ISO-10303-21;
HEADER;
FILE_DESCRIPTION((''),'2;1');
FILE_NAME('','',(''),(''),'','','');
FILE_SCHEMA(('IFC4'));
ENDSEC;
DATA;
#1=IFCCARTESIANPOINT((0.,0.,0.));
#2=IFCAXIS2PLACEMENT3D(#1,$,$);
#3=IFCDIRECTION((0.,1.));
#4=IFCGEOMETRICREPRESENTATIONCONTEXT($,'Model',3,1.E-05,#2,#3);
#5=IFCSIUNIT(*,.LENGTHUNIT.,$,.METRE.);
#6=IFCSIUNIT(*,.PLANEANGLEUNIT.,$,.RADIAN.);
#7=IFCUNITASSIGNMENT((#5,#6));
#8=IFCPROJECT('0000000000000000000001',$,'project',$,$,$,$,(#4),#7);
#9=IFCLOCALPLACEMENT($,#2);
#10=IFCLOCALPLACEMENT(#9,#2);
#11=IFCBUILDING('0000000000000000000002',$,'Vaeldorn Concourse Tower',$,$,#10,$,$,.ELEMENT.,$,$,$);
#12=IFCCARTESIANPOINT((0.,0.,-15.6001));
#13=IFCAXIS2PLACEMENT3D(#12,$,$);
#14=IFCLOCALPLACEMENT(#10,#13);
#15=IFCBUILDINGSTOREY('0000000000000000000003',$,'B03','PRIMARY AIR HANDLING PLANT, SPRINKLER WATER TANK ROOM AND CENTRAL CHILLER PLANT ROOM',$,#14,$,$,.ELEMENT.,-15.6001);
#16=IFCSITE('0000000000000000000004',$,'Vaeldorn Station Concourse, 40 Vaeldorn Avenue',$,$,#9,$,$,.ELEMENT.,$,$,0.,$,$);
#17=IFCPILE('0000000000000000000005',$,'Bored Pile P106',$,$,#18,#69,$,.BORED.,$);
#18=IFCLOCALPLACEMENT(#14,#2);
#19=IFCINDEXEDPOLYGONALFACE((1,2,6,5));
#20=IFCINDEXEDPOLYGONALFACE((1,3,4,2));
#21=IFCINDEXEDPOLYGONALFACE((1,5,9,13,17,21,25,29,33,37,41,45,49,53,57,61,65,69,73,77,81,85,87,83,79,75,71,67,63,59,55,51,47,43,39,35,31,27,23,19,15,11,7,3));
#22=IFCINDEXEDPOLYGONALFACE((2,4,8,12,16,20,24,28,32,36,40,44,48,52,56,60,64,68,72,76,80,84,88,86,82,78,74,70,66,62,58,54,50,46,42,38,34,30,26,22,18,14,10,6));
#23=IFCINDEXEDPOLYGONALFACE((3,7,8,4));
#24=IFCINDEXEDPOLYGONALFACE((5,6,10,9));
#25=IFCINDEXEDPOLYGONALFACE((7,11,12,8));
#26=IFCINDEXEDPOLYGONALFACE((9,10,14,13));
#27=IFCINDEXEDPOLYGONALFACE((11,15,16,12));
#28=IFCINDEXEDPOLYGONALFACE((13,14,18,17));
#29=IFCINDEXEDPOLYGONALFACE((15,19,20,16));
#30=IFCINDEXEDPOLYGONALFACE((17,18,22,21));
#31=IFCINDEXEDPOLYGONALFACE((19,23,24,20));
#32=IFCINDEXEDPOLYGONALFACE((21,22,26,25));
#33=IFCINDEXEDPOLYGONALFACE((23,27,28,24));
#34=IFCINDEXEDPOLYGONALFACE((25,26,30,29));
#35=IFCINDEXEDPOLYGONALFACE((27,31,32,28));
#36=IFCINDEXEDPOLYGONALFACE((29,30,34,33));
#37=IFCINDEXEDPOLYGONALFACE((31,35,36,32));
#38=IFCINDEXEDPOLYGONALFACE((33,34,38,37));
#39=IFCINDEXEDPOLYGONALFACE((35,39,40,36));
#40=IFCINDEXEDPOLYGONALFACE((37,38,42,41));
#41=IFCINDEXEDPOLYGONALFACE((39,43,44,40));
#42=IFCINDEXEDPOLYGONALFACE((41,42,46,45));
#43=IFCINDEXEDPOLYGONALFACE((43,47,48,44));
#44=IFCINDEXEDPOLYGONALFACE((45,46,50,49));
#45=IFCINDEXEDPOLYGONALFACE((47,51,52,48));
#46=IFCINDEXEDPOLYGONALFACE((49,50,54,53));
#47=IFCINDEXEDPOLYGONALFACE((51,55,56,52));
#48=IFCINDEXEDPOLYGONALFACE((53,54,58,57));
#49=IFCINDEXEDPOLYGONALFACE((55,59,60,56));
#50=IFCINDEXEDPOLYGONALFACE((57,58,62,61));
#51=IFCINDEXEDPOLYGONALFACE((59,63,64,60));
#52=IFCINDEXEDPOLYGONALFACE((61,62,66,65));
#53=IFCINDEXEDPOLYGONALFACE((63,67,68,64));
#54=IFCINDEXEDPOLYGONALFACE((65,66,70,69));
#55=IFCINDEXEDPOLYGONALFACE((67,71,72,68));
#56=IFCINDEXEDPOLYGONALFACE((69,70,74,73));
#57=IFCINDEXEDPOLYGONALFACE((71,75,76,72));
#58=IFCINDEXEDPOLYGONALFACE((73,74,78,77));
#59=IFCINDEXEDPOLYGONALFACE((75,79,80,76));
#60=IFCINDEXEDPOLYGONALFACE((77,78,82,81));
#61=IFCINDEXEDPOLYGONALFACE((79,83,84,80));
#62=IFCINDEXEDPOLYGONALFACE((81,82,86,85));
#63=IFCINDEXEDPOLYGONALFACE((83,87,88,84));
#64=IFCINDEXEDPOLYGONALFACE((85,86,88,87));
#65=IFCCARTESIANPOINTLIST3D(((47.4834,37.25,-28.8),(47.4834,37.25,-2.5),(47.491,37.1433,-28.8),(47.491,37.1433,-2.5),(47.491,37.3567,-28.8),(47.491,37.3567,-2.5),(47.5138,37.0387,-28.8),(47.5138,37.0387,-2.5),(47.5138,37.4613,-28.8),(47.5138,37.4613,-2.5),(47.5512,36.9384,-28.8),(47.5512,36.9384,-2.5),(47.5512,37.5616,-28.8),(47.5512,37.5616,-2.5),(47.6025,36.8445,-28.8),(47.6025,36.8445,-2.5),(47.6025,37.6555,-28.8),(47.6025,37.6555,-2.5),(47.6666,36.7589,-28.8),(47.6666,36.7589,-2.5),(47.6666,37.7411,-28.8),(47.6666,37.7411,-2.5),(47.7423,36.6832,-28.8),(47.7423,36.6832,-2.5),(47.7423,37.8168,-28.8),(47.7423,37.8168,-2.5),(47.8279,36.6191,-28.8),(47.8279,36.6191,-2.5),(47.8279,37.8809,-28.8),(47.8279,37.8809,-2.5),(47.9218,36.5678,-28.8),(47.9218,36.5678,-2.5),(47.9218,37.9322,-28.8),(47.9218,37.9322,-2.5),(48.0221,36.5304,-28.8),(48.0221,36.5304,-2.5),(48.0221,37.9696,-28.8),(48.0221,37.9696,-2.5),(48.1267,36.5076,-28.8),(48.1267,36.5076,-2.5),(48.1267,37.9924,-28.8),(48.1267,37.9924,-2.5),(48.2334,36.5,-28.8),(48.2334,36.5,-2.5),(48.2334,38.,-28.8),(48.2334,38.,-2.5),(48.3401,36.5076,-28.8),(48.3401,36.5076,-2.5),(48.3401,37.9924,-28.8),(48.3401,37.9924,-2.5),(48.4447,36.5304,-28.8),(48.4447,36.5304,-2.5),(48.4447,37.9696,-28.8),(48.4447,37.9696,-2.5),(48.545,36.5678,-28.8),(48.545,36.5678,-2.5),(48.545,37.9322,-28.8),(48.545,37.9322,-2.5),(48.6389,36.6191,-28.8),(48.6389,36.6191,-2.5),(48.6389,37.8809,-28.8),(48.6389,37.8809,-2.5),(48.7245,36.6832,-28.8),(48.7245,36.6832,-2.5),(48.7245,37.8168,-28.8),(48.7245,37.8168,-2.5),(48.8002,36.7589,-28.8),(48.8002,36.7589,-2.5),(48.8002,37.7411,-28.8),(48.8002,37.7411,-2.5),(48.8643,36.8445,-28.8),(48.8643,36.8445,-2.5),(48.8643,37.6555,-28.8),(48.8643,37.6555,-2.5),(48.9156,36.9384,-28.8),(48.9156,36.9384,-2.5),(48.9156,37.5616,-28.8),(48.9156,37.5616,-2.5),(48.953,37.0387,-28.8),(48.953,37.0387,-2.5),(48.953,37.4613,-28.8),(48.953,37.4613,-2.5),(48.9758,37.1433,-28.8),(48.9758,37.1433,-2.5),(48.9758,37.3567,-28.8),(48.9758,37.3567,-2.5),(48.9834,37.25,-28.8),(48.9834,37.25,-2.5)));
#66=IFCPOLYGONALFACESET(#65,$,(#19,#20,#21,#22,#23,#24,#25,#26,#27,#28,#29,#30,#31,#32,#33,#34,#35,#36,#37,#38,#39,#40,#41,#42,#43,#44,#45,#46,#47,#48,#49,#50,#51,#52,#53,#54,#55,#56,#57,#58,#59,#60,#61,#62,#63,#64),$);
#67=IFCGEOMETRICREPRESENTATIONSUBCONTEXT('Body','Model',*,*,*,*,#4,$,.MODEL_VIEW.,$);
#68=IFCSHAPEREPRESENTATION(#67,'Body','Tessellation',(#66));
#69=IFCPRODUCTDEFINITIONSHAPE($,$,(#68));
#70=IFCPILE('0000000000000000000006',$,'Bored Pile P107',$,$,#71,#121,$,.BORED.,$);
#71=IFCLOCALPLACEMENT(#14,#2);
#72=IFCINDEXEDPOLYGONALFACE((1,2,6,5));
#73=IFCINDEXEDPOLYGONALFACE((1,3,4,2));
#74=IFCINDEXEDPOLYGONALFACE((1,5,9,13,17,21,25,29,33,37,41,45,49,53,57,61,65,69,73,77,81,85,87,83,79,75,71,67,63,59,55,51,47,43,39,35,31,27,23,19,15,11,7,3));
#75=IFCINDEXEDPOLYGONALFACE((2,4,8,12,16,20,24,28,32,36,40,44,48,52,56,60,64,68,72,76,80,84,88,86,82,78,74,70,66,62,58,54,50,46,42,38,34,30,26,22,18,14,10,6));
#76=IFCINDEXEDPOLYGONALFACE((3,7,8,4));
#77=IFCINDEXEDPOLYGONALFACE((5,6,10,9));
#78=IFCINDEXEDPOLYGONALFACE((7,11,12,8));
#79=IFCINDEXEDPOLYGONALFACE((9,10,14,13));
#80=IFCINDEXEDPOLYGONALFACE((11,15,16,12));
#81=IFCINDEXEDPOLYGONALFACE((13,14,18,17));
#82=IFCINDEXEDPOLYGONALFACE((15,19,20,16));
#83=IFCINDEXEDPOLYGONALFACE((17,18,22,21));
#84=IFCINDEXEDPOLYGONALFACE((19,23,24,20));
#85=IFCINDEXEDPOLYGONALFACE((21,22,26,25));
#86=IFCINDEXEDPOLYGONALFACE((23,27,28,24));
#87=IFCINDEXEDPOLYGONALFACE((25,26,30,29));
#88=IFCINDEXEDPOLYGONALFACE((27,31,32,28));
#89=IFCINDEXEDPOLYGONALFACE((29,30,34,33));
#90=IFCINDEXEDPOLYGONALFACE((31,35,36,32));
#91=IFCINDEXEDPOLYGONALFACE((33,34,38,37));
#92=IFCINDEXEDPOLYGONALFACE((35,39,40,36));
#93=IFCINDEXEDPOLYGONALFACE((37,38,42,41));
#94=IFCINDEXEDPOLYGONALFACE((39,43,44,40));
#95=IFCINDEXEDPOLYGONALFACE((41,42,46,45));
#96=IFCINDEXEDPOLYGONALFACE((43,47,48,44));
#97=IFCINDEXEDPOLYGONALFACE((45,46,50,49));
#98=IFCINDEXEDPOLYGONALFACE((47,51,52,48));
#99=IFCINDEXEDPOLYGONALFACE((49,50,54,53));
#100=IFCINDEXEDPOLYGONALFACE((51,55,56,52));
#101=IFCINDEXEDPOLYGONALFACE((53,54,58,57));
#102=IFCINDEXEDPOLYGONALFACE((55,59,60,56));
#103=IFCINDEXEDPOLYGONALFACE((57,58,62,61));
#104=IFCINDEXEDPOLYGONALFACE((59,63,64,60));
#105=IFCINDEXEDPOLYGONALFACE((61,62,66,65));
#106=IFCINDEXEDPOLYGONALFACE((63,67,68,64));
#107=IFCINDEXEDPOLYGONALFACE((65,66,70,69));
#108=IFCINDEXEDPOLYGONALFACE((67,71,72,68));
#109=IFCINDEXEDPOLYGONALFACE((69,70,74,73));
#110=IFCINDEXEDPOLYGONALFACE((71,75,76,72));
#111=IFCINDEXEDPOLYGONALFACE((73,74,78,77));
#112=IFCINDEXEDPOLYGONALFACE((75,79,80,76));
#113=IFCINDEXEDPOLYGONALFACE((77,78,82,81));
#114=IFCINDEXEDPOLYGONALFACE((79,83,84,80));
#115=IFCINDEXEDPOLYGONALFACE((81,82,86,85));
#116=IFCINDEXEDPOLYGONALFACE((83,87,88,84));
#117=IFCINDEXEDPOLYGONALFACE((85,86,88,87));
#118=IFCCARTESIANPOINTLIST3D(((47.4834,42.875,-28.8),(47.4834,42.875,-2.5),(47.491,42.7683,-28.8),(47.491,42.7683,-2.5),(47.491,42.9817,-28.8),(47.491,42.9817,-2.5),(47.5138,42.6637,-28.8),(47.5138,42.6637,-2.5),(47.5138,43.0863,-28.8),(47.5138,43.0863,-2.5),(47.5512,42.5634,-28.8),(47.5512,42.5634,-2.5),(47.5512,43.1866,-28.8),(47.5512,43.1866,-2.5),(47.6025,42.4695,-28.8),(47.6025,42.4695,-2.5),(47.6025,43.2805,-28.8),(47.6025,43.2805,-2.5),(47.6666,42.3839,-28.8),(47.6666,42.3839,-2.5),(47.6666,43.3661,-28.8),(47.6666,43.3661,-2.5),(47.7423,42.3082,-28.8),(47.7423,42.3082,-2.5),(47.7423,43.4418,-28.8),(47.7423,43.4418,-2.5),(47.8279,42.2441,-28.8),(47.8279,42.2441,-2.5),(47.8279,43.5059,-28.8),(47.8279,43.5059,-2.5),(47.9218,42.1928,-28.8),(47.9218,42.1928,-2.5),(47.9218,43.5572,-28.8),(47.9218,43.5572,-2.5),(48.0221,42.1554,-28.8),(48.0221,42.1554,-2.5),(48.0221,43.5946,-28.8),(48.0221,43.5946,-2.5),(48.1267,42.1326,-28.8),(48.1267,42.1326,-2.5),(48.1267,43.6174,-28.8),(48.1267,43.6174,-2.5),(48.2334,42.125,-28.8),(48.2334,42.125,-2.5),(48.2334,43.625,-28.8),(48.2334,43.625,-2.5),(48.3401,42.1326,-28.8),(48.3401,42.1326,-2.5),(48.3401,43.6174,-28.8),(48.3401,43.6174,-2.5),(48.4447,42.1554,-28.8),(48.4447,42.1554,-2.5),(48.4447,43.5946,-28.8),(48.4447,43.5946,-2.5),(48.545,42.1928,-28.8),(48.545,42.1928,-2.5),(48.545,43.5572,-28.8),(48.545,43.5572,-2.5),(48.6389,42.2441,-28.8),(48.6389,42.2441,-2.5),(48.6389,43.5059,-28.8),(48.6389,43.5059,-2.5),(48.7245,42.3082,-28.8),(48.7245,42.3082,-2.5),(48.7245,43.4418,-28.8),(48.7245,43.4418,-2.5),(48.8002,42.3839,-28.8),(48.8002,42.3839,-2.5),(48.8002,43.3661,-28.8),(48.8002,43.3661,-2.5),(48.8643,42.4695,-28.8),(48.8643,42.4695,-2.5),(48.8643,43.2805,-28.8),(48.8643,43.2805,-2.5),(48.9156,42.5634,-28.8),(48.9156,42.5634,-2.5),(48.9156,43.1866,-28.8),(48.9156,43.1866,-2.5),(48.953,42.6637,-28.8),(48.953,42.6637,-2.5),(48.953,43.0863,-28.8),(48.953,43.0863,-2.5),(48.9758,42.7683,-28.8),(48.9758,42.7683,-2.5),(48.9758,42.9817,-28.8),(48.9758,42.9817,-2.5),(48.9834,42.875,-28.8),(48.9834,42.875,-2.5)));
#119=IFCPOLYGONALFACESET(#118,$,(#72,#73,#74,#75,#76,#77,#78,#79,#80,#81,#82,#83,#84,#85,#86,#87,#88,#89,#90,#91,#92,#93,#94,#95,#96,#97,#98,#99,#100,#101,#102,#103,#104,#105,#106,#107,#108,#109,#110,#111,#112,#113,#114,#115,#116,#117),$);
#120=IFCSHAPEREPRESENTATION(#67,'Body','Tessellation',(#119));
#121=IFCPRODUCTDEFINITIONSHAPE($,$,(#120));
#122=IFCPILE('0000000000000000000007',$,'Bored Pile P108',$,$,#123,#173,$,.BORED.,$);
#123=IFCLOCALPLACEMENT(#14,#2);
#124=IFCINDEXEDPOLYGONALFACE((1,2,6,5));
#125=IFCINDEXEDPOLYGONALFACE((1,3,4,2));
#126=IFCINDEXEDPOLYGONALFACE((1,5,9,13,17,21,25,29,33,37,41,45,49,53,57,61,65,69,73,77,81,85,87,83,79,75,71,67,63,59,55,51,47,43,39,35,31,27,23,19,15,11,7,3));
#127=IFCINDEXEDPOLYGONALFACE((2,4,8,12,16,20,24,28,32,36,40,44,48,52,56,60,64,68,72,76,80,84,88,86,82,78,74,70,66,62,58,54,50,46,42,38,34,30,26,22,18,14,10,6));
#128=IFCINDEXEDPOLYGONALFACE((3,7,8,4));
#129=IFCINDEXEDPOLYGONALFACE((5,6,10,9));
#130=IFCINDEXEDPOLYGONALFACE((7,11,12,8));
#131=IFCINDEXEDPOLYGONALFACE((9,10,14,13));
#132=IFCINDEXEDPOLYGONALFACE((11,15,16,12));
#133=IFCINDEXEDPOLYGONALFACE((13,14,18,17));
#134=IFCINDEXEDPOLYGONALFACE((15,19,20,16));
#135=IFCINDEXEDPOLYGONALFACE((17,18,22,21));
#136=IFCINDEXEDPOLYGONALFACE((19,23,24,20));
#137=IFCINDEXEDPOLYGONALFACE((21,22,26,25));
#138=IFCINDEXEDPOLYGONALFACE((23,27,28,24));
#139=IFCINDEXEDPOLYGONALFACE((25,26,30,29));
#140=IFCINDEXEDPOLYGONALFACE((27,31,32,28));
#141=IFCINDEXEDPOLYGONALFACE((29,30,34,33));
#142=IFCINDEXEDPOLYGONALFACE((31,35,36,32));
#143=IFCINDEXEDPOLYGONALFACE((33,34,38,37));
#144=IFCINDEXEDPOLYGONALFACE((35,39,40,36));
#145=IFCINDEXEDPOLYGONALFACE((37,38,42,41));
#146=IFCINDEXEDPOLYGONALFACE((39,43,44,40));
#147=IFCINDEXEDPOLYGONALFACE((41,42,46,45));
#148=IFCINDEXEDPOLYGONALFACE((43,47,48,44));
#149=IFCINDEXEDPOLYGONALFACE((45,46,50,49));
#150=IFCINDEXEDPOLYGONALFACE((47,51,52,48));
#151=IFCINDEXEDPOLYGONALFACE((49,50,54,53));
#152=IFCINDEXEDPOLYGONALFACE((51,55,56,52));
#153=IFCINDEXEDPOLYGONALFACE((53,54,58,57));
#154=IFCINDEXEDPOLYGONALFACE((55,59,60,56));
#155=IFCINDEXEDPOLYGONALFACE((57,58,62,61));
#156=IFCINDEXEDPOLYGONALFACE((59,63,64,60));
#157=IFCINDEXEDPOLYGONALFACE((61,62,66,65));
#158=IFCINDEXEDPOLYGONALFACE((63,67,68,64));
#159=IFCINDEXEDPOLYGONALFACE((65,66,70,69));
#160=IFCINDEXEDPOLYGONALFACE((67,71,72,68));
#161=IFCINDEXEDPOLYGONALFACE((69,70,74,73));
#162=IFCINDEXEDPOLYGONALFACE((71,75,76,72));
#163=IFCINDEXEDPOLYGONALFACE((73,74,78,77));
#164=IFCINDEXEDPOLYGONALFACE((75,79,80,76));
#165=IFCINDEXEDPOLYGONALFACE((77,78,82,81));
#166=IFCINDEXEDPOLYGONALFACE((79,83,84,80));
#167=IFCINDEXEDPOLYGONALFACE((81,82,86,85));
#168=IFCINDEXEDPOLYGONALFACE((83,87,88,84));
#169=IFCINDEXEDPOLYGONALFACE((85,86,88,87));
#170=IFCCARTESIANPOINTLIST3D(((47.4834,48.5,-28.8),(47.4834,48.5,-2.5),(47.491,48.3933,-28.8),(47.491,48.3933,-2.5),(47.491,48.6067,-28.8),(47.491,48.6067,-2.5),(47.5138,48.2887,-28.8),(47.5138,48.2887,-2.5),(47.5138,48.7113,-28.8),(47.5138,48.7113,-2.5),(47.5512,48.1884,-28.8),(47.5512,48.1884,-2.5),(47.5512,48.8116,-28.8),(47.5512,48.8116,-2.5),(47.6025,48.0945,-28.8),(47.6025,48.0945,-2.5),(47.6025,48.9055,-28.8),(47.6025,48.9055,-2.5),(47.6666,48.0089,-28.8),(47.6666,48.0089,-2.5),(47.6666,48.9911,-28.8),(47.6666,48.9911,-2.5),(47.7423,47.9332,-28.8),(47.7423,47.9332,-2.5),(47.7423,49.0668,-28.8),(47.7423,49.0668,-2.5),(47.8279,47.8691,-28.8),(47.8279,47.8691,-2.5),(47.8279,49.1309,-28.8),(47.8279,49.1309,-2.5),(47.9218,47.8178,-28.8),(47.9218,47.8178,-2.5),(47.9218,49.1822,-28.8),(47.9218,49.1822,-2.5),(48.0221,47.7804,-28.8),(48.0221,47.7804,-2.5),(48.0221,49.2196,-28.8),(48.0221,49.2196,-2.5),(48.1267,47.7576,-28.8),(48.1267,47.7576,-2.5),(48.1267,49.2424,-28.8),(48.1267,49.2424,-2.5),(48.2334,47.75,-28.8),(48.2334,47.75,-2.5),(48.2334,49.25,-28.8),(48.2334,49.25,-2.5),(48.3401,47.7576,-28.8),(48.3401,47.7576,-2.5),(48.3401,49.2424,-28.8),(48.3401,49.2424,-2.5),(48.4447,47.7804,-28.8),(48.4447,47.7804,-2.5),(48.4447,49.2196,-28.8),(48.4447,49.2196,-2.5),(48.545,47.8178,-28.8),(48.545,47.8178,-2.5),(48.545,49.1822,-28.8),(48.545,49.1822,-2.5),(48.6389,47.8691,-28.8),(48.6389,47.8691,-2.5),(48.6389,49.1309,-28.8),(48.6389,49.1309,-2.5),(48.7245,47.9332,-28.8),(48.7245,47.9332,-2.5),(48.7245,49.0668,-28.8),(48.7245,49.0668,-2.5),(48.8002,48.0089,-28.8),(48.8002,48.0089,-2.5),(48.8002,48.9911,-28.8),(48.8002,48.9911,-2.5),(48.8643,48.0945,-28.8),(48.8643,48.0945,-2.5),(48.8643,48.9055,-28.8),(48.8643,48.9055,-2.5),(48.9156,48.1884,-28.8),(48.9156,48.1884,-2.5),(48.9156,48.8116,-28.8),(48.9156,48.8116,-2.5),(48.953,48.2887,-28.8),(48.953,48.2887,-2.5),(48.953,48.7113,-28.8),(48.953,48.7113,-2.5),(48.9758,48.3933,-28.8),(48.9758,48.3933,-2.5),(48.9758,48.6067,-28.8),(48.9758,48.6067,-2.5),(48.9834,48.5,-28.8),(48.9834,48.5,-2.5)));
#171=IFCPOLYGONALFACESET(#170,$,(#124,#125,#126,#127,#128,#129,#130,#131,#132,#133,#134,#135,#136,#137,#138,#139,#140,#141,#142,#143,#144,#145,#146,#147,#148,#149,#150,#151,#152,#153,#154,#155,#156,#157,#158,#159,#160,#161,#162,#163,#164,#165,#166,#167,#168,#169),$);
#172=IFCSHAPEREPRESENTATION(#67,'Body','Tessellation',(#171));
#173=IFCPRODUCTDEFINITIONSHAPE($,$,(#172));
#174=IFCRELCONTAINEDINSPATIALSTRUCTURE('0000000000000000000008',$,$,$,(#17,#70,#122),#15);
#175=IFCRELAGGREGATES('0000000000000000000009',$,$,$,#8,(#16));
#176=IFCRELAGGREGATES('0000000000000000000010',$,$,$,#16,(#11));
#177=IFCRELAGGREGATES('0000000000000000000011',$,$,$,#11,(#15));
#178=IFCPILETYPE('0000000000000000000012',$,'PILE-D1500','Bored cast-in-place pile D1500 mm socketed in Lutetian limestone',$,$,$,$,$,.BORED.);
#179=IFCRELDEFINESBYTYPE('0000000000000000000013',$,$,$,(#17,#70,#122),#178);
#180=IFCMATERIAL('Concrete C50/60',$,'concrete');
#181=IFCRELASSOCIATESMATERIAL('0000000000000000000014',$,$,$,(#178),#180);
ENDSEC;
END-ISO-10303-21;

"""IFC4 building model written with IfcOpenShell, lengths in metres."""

from ifc_helpers import new_model, si_unit, direction, frame, origin, origin_2d, place, context, subcontext, project, spatial, circle, extrude, material, material_profile, profile_set, type_object, element, save


model = new_model("IFC4")

# Units and contexts
model_context = context("Model", 3, precision=1e-05, world=origin(), true_north=direction((0.0, 1.0)))
body_context = subcontext(model_context, "Body", "Model", "MODEL_VIEW")
ifc_project = project(units=[si_unit("LENGTHUNIT", "METRE"), si_unit("PLANEANGLEUNIT", "RADIAN")], contexts=[model_context])

# Site, building, storey
site_placement = place(None, origin())
site = spatial("IfcSite", under=ifc_project, at=site_placement, Name="Vaeldorn Station Concourse, 40 Vaeldorn Avenue", CompositionType="ELEMENT", RefElevation=0.0)
building_placement = place(site_placement, origin())
building = spatial("IfcBuilding", under=site, at=building_placement, Name="Vaeldorn Concourse Tower", CompositionType="ELEMENT")
storey_placement = place(building_placement, frame((0.0, 0.0, -15.6001)))
storey = spatial("IfcBuildingStorey", under=building, at=storey_placement, Name="B03", Description="PRIMARY AIR HANDLING PLANT, SPRINKLER WATER TANK ROOM AND CENTRAL CHILLER PLANT ROOM", CompositionType="ELEMENT", Elevation=-15.6001)

# Piles
ifc_material_1 = material(Name="Concrete C50/60", Category="concrete")
ifc_material_profile_1 = material_profile(ifc_material_1, circle(Radius=0.75, at=origin_2d()), Name="BORED PILE D1500")
ifc_profile_set_1 = profile_set([ifc_material_profile_1], Name="Concrete C50/60")
pile_type = type_object("IfcPileType", Name="PILE-D1500", Description="Bored cast-in-place pile D1500 mm socketed in Lutetian limestone", PredefinedType="BORED", material=ifc_profile_set_1)
for number, where, z_axis, x_axis, name in (
    (1, (48.2334, 37.25, -2.5), (0.0, 0.0, -1.0), (1.0, 0.0, 0.0), "Bored Pile P106"),
    (2, (48.2334, 42.875, -2.5), (0.0, 0.0, -1.0), (1.0, 0.0, 0.0), "Bored Pile P107"),
    (3, (48.2334, 48.5, -2.5), (0.0, 0.0, -1.0), (1.0, 0.0, 0.0), "Bored Pile P108"),
):
    element("IfcPile", number, at=place(storey_placement, frame(where, z_axis=z_axis, x_axis=x_axis)), inside=storey, type_object=pile_type, Name=name, PredefinedType="BORED", context=body_context, shape_type="SweptSolid", body=[
        extrude(circle(Radius=0.75, at=origin_2d()), origin(), (0.0, 0.0, 1.0), 26.3),
    ])

save(model, "model.ifc")
